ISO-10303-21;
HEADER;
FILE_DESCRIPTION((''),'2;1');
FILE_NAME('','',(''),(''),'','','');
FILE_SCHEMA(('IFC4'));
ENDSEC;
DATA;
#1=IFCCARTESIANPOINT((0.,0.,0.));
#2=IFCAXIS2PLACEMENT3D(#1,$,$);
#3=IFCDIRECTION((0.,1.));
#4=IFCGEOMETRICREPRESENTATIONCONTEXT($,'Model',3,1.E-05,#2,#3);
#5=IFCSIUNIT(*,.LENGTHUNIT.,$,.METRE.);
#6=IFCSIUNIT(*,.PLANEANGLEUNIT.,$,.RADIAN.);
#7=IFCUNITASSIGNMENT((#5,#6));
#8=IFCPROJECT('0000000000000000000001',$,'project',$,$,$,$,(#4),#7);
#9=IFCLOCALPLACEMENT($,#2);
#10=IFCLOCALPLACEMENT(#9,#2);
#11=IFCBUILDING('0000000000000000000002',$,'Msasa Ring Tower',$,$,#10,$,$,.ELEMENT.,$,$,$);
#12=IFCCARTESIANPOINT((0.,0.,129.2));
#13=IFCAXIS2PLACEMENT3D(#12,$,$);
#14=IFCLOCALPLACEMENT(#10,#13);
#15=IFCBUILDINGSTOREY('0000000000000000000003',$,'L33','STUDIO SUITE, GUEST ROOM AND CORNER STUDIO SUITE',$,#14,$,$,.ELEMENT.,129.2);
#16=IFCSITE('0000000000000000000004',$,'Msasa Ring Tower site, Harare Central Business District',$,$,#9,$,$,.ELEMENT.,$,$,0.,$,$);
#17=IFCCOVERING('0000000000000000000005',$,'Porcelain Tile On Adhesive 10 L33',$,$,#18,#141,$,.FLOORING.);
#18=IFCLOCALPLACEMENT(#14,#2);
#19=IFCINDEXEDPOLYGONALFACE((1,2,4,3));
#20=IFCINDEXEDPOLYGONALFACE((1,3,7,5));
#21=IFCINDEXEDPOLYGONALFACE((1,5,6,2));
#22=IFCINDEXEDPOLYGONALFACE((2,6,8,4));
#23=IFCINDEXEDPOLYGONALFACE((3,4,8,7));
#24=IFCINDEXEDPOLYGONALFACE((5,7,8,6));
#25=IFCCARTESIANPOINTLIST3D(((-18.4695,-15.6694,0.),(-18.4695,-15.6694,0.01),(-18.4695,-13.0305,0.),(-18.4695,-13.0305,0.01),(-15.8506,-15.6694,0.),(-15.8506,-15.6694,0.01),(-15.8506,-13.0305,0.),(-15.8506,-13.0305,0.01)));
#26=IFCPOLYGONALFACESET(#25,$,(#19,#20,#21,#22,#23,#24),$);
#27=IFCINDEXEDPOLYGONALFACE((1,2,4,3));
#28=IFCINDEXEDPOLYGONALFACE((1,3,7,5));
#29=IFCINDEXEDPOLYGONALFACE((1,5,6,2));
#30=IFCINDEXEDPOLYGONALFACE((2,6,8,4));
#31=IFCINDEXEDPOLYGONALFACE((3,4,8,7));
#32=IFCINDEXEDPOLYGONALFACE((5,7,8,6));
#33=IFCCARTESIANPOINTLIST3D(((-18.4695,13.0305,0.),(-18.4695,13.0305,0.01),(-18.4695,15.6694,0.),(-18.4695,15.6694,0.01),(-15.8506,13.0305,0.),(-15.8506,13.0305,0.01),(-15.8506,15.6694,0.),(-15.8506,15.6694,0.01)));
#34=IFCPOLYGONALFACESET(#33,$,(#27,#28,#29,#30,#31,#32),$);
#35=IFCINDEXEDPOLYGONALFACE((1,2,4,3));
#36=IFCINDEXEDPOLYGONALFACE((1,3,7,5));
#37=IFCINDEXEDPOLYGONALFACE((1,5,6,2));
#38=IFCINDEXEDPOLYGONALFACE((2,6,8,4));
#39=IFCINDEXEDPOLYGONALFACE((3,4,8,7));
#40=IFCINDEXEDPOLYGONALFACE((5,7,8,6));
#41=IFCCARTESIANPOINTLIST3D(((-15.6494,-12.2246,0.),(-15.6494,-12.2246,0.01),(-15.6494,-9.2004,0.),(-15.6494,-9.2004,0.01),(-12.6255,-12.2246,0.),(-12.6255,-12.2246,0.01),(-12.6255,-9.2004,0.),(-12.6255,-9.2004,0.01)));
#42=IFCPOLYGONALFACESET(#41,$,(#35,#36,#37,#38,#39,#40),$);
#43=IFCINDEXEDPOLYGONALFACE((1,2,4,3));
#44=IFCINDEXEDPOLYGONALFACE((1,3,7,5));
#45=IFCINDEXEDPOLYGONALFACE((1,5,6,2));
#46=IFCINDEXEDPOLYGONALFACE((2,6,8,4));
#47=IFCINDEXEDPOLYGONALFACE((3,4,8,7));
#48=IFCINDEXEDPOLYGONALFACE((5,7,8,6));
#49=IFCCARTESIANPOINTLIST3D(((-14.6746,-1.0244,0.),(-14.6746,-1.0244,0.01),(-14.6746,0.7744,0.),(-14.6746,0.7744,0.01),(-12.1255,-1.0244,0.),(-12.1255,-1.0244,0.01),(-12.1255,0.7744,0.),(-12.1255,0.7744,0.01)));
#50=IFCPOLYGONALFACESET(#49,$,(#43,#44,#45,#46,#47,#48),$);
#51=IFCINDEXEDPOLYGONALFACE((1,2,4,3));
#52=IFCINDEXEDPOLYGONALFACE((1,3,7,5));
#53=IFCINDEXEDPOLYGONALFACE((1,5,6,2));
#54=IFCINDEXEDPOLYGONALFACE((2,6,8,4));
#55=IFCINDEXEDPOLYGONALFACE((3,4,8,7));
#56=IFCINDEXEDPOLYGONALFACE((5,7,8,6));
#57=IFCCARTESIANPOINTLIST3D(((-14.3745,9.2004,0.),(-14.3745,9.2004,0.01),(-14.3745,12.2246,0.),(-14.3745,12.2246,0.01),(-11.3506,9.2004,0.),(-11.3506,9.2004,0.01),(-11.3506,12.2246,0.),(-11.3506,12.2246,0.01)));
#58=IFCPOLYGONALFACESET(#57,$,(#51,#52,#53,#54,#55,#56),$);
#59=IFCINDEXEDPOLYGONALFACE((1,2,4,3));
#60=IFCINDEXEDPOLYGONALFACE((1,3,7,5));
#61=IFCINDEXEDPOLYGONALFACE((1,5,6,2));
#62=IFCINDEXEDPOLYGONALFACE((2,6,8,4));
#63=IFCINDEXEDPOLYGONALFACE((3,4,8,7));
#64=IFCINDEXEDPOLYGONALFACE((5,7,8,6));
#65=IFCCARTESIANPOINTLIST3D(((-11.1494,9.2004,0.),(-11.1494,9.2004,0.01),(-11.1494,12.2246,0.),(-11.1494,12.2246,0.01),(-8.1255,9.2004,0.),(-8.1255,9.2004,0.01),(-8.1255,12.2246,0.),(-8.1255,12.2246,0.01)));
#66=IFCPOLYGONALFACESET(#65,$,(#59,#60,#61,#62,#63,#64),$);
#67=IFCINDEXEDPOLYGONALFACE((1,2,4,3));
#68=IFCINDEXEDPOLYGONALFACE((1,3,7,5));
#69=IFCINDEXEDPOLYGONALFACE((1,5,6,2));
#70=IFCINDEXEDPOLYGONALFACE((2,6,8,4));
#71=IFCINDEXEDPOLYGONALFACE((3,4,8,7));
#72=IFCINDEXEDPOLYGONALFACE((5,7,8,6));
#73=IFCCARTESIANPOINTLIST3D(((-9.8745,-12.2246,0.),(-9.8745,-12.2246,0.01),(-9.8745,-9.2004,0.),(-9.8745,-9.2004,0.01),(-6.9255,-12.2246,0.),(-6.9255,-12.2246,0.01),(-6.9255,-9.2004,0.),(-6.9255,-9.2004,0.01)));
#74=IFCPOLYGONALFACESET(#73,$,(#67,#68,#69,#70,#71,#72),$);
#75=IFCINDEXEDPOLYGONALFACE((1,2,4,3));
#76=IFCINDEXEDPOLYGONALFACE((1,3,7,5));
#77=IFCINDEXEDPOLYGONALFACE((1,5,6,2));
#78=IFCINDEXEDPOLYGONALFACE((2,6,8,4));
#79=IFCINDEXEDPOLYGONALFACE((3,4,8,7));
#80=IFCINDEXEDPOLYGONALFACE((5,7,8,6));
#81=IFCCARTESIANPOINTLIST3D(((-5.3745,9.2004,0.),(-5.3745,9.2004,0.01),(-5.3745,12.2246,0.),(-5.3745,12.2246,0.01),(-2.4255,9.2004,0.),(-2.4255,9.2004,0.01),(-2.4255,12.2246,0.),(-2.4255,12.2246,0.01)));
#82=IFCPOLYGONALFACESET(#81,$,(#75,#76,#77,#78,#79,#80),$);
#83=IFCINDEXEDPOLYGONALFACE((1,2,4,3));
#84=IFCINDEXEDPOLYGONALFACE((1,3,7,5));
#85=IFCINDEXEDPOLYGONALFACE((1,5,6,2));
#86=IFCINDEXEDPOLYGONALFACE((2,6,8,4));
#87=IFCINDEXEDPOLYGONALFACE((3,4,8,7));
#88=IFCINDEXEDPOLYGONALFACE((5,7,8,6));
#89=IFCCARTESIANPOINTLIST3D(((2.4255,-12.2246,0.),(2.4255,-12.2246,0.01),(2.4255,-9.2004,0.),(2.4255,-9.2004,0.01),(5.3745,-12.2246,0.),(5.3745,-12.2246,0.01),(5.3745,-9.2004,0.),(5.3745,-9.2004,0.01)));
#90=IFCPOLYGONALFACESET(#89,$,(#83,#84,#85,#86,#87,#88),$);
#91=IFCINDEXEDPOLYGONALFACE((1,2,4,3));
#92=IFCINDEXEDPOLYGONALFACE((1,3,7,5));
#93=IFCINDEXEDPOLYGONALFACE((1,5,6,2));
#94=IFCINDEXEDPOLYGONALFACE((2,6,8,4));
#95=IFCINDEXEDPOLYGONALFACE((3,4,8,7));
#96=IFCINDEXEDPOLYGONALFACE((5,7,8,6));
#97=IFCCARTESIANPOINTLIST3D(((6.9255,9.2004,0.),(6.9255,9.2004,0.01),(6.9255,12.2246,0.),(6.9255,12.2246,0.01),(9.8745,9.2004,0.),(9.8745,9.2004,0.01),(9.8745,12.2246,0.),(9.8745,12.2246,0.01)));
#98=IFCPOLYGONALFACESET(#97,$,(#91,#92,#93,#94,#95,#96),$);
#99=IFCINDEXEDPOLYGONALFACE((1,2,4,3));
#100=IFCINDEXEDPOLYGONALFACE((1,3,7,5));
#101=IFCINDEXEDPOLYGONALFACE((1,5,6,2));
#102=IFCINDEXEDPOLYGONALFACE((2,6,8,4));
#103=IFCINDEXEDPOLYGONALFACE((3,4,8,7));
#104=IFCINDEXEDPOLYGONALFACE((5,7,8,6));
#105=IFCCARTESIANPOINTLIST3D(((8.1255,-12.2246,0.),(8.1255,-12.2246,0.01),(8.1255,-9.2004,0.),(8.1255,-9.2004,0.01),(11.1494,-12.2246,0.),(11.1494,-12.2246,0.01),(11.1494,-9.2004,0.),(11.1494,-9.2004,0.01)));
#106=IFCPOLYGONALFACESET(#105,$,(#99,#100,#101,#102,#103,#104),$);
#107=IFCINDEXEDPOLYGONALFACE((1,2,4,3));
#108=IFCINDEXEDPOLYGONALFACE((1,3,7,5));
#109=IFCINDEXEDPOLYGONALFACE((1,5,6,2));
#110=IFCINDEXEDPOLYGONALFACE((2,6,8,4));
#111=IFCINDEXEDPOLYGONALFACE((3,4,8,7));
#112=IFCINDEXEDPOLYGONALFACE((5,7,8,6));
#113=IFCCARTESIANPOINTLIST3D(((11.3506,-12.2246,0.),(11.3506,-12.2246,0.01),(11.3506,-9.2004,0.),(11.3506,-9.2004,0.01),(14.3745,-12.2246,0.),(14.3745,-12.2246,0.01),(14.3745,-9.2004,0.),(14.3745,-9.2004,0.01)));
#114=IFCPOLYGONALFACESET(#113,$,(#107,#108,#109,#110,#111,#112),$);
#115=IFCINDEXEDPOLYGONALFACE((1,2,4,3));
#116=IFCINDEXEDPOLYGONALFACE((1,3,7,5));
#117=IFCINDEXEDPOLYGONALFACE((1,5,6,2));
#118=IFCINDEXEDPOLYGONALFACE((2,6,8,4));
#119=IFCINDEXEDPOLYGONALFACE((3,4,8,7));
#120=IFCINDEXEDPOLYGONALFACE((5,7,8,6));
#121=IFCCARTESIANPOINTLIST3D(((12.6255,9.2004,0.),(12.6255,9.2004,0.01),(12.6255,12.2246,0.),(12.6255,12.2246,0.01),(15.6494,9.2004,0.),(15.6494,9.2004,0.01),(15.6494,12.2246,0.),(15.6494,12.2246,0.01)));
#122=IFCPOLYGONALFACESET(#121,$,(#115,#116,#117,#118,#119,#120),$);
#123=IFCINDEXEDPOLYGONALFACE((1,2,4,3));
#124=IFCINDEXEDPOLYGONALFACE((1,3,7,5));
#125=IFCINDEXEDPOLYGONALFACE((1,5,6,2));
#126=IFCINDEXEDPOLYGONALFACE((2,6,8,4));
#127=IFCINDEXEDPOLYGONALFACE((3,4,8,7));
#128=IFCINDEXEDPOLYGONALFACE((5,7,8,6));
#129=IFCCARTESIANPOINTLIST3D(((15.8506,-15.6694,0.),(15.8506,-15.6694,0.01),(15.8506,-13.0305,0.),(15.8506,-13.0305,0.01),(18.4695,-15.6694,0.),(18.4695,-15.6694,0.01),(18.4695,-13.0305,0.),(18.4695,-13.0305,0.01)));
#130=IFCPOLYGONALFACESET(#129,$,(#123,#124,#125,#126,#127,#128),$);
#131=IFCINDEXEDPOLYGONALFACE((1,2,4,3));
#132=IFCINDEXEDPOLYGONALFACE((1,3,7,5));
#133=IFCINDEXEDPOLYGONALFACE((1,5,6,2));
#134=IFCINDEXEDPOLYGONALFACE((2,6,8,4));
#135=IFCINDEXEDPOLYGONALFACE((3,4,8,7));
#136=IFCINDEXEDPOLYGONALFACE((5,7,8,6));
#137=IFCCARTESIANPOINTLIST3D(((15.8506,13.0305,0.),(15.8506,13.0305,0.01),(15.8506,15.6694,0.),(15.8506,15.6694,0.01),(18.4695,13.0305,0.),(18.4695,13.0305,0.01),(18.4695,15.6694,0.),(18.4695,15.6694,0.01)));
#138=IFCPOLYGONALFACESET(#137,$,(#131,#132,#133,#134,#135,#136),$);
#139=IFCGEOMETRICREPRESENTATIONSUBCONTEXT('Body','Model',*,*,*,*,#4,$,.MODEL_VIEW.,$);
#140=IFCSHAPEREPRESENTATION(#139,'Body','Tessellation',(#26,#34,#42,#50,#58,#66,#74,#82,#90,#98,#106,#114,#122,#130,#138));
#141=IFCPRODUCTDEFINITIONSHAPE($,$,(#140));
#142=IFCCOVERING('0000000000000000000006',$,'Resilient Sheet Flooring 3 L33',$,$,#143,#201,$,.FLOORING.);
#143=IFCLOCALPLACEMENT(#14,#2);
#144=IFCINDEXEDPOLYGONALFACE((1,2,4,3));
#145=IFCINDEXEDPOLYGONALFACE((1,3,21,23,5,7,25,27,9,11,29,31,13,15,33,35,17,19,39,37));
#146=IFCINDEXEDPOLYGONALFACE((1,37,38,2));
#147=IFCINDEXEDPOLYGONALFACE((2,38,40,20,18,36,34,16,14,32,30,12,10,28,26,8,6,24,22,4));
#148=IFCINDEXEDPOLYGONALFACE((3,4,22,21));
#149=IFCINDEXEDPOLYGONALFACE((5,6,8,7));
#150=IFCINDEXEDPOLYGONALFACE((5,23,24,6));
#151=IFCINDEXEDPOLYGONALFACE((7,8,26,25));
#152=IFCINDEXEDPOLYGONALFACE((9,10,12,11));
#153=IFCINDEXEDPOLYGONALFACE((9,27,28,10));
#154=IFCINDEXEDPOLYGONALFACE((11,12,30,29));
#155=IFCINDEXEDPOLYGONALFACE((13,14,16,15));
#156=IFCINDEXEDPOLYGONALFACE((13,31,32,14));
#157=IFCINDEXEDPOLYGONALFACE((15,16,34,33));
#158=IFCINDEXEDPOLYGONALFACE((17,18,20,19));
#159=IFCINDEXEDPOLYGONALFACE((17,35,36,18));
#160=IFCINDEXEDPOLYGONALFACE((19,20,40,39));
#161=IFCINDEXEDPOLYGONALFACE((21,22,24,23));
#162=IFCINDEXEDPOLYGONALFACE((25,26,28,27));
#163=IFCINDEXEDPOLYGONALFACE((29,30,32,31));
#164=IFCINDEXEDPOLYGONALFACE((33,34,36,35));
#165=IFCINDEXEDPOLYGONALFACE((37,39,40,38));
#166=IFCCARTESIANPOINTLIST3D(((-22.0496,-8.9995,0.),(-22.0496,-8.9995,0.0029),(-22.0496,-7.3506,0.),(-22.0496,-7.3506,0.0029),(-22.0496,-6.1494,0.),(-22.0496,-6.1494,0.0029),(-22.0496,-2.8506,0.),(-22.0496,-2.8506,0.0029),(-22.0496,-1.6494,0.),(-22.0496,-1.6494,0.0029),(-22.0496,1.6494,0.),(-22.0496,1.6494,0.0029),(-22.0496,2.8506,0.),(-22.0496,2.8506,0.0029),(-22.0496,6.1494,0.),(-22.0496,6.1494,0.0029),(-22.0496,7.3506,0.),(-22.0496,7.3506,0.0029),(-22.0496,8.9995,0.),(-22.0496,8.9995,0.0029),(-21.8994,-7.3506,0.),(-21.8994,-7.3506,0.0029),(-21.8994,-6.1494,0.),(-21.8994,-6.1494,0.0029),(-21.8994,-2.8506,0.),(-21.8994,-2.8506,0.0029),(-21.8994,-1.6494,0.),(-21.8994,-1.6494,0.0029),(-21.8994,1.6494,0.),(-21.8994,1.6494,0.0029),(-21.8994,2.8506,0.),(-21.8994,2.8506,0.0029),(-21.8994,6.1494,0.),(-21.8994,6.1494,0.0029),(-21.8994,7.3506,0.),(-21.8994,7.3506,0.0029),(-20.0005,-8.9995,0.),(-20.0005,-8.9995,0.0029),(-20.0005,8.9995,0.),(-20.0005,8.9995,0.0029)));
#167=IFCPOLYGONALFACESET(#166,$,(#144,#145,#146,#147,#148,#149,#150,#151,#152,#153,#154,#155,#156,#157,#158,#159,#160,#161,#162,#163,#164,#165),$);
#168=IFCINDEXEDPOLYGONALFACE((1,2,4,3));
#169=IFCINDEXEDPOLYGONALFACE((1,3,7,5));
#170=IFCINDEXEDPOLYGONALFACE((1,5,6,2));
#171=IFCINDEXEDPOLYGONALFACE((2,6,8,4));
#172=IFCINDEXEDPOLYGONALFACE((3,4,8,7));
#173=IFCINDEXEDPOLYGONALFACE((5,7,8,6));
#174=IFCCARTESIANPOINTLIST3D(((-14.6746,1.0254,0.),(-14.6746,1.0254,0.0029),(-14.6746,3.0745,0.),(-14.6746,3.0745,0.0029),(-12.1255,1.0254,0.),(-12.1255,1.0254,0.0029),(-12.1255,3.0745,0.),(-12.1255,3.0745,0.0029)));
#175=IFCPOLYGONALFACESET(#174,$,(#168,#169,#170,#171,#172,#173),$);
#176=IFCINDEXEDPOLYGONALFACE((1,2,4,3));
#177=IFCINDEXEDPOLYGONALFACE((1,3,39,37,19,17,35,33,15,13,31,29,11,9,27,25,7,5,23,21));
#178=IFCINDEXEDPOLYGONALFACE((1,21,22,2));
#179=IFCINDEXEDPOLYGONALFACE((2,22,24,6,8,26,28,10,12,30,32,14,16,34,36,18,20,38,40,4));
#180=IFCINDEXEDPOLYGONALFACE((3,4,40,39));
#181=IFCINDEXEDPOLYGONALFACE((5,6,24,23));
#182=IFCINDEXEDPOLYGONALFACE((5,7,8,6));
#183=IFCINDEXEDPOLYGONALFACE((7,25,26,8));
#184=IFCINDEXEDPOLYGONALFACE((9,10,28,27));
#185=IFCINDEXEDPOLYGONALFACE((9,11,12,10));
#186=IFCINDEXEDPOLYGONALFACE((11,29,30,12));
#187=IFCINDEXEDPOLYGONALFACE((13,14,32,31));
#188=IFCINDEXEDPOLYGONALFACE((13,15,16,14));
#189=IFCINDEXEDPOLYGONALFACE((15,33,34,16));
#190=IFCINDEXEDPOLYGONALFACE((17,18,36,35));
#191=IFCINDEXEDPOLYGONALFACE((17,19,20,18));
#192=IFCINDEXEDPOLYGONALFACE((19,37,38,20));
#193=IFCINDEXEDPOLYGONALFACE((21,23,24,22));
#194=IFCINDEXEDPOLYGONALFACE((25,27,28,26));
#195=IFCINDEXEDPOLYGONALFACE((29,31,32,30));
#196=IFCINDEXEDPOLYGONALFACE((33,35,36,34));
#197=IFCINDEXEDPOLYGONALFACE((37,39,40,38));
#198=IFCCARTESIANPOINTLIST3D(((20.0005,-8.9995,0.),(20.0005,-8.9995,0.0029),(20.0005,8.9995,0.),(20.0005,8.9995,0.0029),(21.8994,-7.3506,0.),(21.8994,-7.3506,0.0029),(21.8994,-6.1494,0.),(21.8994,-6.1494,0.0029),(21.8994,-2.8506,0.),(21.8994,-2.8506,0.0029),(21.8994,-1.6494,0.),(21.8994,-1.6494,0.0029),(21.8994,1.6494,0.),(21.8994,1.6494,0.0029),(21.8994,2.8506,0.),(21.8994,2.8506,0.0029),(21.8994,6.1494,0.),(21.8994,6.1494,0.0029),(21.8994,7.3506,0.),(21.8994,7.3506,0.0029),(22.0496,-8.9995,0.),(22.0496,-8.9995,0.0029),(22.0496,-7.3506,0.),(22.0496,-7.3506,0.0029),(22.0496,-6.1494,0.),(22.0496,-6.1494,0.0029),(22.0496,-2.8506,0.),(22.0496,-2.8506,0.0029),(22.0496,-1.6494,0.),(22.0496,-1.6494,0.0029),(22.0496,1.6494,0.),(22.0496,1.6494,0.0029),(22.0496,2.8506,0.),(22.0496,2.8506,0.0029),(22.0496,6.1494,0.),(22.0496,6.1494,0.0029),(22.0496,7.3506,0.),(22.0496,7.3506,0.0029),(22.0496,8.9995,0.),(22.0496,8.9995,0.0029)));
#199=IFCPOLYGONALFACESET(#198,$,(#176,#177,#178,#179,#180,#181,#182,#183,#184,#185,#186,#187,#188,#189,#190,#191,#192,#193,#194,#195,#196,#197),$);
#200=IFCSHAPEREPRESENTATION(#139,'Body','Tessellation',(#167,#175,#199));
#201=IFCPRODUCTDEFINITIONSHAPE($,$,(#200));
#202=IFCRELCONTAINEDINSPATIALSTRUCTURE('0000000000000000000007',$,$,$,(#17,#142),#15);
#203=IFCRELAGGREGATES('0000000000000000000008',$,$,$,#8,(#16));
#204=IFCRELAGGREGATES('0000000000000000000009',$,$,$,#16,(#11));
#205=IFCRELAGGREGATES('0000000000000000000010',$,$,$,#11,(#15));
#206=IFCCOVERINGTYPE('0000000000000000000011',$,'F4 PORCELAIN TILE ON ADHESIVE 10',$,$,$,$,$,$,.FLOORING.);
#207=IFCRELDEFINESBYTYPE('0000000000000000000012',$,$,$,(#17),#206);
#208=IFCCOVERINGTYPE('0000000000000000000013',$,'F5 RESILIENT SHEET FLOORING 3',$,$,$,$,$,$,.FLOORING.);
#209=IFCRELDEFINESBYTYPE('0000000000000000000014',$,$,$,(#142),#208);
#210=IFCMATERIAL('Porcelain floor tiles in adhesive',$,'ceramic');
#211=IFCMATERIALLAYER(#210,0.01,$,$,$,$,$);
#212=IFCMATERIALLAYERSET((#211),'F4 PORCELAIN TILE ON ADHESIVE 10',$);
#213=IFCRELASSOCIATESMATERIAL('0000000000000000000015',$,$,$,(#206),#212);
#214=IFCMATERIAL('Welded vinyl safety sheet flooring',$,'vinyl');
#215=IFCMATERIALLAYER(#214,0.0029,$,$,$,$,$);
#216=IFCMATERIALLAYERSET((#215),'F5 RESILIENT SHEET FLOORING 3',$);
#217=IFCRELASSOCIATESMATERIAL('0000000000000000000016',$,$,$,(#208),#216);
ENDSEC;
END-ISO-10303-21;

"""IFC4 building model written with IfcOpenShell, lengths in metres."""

from ifc_helpers import new_model, si_unit, direction, frame, origin, place, context, subcontext, project, spatial, line, indexed_curve, outline, extrude, material, layer, layer_set, type_object, element, save


model = new_model("IFC4")

# Units and contexts
model_context = context("Model", 3, precision=1e-05, world=origin(), true_north=direction((0.0, 1.0)))
body_context = subcontext(model_context, "Body", "Model", "MODEL_VIEW")
ifc_project = project(units=[si_unit("LENGTHUNIT", "METRE"), si_unit("PLANEANGLEUNIT", "RADIAN")], contexts=[model_context])

# Site, building, storey
site_placement = place(None, origin())
site = spatial("IfcSite", under=ifc_project, at=site_placement, Name="Msasa Ring Tower site, Harare Central Business District", CompositionType="ELEMENT", RefElevation=0.0)
building_placement = place(site_placement, origin())
building = spatial("IfcBuilding", under=site, at=building_placement, Name="Msasa Ring Tower", CompositionType="ELEMENT")
storey_placement = place(building_placement, frame((0.0, 0.0, 129.2)))
storey = spatial("IfcBuildingStorey", under=building, at=storey_placement, Name="L33", Description="STUDIO SUITE, GUEST ROOM AND CORNER STUDIO SUITE", CompositionType="ELEMENT", Elevation=129.2)

# Coverings
ifc_material_1 = material(Name="Porcelain floor tiles in adhesive", Category="ceramic")
ifc_layer_1 = layer(ifc_material_1, 0.01)
ifc_layer_set_1 = layer_set([ifc_layer_1], Name="F4 PORCELAIN TILE ON ADHESIVE 10")
covering_type_1 = type_object("IfcCoveringType", Name="F4 PORCELAIN TILE ON ADHESIVE 10", PredefinedType="FLOORING", material=ifc_layer_set_1)
covering_1_placement = place(storey_placement, origin())
element("IfcCovering", 1, at=covering_1_placement, inside=storey, type_object=covering_type_1, Name="Porcelain Tile On Adhesive 10 L33", PredefinedType="FLOORING", context=body_context, shape_type="SweptSolid", body=[
    extrude(outline(indexed_curve([(-18.4695, -13.0305), (-15.8506, -13.0305), (-15.8506, -15.6694), (-18.4695, -15.6694)], segments=[line(1, 2, 3, 4, 1)], self_intersect=False)), origin(), (0.0, 0.0, 1.0), 0.01),
    extrude(outline(indexed_curve([(-15.8506, 15.6694), (-15.8506, 13.0305), (-18.4695, 13.0305), (-18.4695, 15.6694)], segments=[line(1, 2, 3, 4, 1)], self_intersect=False)), origin(), (0.0, 0.0, 1.0), 0.01),
    extrude(outline(indexed_curve([(-12.6255, -9.2004), (-12.6255, -12.2246), (-15.6494, -12.2246), (-15.6494, -9.2004)], segments=[line(1, 2, 3, 4, 1)], self_intersect=False)), origin(), (0.0, 0.0, 1.0), 0.01),
    extrude(outline(indexed_curve([(-12.1255, -1.0244), (-14.6746, -1.0244), (-14.6746, 0.7744), (-12.1255, 0.7744)], segments=[line(1, 2, 3, 4, 1)], self_intersect=False)), origin(), (0.0, 0.0, 1.0), 0.01),
    extrude(outline(indexed_curve([(-11.3506, 9.2004), (-14.3745, 9.2004), (-14.3745, 12.2246), (-11.3506, 12.2246)], segments=[line(1, 2, 3, 4, 1)], self_intersect=False)), origin(), (0.0, 0.0, 1.0), 0.01),
    extrude(outline(indexed_curve([(-11.1494, 9.2004), (-11.1494, 12.2246), (-8.1255, 12.2246), (-8.1255, 9.2004)], segments=[line(1, 2, 3, 4, 1)], self_intersect=False)), origin(), (0.0, 0.0, 1.0), 0.01),
    extrude(outline(indexed_curve([(-6.9255, -9.2004), (-6.9255, -12.2246), (-9.8745, -12.2246), (-9.8745, -9.2004)], segments=[line(1, 2, 3, 4, 1)], self_intersect=False)), origin(), (0.0, 0.0, 1.0), 0.01),
    extrude(outline(indexed_curve([(-5.3745, 9.2004), (-5.3745, 12.2246), (-2.4255, 12.2246), (-2.4255, 9.2004)], segments=[line(1, 2, 3, 4, 1)], self_intersect=False)), origin(), (0.0, 0.0, 1.0), 0.01),
    extrude(outline(indexed_curve([(5.3745, -9.2004), (5.3745, -12.2246), (2.4255, -12.2246), (2.4255, -9.2004)], segments=[line(1, 2, 3, 4, 1)], self_intersect=False)), origin(), (0.0, 0.0, 1.0), 0.01),
    extrude(outline(indexed_curve([(6.9255, 9.2004), (6.9255, 12.2246), (9.8745, 12.2246), (9.8745, 9.2004)], segments=[line(1, 2, 3, 4, 1)], self_intersect=False)), origin(), (0.0, 0.0, 1.0), 0.01),
    extrude(outline(indexed_curve([(11.1494, -9.2004), (11.1494, -12.2246), (8.1255, -12.2246), (8.1255, -9.2004)], segments=[line(1, 2, 3, 4, 1)], self_intersect=False)), origin(), (0.0, 0.0, 1.0), 0.01),
    extrude(outline(indexed_curve([(14.3745, -9.2004), (14.3745, -12.2246), (11.3506, -12.2246), (11.3506, -9.2004)], segments=[line(1, 2, 3, 4, 1)], self_intersect=False)), origin(), (0.0, 0.0, 1.0), 0.01),
    extrude(outline(indexed_curve([(15.6494, 9.2004), (12.6255, 9.2004), (12.6255, 12.2246), (15.6494, 12.2246)], segments=[line(1, 2, 3, 4, 1)], self_intersect=False)), origin(), (0.0, 0.0, 1.0), 0.01),
    extrude(outline(indexed_curve([(18.4695, -13.0305), (18.4695, -15.6694), (15.8506, -15.6694), (15.8506, -13.0305)], segments=[line(1, 2, 3, 4, 1)], self_intersect=False)), origin(), (0.0, 0.0, 1.0), 0.01),
    extrude(outline(indexed_curve([(18.4695, 15.6694), (18.4695, 13.0305), (15.8506, 13.0305), (15.8506, 15.6694)], segments=[line(1, 2, 3, 4, 1)], self_intersect=False)), origin(), (0.0, 0.0, 1.0), 0.01),
])
ifc_material_2 = material(Name="Welded vinyl safety sheet flooring", Category="vinyl")
ifc_layer_2 = layer(ifc_material_2, 0.0029)
ifc_layer_set_2 = layer_set([ifc_layer_2], Name="F5 RESILIENT SHEET FLOORING 3")
covering_type_2 = type_object("IfcCoveringType", Name="F5 RESILIENT SHEET FLOORING 3", PredefinedType="FLOORING", material=ifc_layer_set_2)
covering_2_placement = place(storey_placement, origin())
element("IfcCovering", 2, at=covering_2_placement, inside=storey, type_object=covering_type_2, Name="Resilient Sheet Flooring 3 L33", PredefinedType="FLOORING", context=body_context, shape_type="SweptSolid", body=[
    extrude(outline(indexed_curve([(-22.0496, -7.3506), (-21.8994, -7.3506), (-21.8994, -6.1494), (-22.0496, -6.1494), (-22.0496, -2.8506), (-21.8994, -2.8506), (-21.8994, -1.6494), (-22.0496, -1.6494), (-22.0496, 1.6494), (-21.8994, 1.6494), (-21.8994, 2.8506), (-22.0496, 2.8506), (-22.0496, 6.1494), (-21.8994, 6.1494), (-21.8994, 7.3506), (-22.0496, 7.3506), (-22.0496, 8.9995), (-20.0005, 8.9995), (-20.0005, -8.9995), (-22.0496, -8.9995)], segments=[line(1, 2, 3, 4, 5, 6, 7, 8, 9, 10, 11, 12, 13, 14, 15, 16, 17, 18, 19, 20, 1)], self_intersect=False)), origin(), (0.0, 0.0, 1.0), 0.0029),
    extrude(outline(indexed_curve([(-14.6746, 3.0745), (-12.1255, 3.0745), (-12.1255, 1.0254), (-14.6746, 1.0254)], segments=[line(1, 2, 3, 4, 1)], self_intersect=False)), origin(), (0.0, 0.0, 1.0), 0.0029),
    extrude(outline(indexed_curve([(22.0496, 7.3506), (21.8994, 7.3506), (21.8994, 6.1494), (22.0496, 6.1494), (22.0496, 2.8506), (21.8994, 2.8506), (21.8994, 1.6494), (22.0496, 1.6494), (22.0496, -1.6494), (21.8994, -1.6494), (21.8994, -2.8506), (22.0496, -2.8506), (22.0496, -6.1494), (21.8994, -6.1494), (21.8994, -7.3506), (22.0496, -7.3506), (22.0496, -8.9995), (20.0005, -8.9995), (20.0005, 8.9995), (22.0496, 8.9995)], segments=[line(1, 2, 3, 4, 5, 6, 7, 8, 9, 10, 11, 12, 13, 14, 15, 16, 17, 18, 19, 20, 1)], self_intersect=False)), origin(), (0.0, 0.0, 1.0), 0.0029),
])

save(model, "model.ifc")
